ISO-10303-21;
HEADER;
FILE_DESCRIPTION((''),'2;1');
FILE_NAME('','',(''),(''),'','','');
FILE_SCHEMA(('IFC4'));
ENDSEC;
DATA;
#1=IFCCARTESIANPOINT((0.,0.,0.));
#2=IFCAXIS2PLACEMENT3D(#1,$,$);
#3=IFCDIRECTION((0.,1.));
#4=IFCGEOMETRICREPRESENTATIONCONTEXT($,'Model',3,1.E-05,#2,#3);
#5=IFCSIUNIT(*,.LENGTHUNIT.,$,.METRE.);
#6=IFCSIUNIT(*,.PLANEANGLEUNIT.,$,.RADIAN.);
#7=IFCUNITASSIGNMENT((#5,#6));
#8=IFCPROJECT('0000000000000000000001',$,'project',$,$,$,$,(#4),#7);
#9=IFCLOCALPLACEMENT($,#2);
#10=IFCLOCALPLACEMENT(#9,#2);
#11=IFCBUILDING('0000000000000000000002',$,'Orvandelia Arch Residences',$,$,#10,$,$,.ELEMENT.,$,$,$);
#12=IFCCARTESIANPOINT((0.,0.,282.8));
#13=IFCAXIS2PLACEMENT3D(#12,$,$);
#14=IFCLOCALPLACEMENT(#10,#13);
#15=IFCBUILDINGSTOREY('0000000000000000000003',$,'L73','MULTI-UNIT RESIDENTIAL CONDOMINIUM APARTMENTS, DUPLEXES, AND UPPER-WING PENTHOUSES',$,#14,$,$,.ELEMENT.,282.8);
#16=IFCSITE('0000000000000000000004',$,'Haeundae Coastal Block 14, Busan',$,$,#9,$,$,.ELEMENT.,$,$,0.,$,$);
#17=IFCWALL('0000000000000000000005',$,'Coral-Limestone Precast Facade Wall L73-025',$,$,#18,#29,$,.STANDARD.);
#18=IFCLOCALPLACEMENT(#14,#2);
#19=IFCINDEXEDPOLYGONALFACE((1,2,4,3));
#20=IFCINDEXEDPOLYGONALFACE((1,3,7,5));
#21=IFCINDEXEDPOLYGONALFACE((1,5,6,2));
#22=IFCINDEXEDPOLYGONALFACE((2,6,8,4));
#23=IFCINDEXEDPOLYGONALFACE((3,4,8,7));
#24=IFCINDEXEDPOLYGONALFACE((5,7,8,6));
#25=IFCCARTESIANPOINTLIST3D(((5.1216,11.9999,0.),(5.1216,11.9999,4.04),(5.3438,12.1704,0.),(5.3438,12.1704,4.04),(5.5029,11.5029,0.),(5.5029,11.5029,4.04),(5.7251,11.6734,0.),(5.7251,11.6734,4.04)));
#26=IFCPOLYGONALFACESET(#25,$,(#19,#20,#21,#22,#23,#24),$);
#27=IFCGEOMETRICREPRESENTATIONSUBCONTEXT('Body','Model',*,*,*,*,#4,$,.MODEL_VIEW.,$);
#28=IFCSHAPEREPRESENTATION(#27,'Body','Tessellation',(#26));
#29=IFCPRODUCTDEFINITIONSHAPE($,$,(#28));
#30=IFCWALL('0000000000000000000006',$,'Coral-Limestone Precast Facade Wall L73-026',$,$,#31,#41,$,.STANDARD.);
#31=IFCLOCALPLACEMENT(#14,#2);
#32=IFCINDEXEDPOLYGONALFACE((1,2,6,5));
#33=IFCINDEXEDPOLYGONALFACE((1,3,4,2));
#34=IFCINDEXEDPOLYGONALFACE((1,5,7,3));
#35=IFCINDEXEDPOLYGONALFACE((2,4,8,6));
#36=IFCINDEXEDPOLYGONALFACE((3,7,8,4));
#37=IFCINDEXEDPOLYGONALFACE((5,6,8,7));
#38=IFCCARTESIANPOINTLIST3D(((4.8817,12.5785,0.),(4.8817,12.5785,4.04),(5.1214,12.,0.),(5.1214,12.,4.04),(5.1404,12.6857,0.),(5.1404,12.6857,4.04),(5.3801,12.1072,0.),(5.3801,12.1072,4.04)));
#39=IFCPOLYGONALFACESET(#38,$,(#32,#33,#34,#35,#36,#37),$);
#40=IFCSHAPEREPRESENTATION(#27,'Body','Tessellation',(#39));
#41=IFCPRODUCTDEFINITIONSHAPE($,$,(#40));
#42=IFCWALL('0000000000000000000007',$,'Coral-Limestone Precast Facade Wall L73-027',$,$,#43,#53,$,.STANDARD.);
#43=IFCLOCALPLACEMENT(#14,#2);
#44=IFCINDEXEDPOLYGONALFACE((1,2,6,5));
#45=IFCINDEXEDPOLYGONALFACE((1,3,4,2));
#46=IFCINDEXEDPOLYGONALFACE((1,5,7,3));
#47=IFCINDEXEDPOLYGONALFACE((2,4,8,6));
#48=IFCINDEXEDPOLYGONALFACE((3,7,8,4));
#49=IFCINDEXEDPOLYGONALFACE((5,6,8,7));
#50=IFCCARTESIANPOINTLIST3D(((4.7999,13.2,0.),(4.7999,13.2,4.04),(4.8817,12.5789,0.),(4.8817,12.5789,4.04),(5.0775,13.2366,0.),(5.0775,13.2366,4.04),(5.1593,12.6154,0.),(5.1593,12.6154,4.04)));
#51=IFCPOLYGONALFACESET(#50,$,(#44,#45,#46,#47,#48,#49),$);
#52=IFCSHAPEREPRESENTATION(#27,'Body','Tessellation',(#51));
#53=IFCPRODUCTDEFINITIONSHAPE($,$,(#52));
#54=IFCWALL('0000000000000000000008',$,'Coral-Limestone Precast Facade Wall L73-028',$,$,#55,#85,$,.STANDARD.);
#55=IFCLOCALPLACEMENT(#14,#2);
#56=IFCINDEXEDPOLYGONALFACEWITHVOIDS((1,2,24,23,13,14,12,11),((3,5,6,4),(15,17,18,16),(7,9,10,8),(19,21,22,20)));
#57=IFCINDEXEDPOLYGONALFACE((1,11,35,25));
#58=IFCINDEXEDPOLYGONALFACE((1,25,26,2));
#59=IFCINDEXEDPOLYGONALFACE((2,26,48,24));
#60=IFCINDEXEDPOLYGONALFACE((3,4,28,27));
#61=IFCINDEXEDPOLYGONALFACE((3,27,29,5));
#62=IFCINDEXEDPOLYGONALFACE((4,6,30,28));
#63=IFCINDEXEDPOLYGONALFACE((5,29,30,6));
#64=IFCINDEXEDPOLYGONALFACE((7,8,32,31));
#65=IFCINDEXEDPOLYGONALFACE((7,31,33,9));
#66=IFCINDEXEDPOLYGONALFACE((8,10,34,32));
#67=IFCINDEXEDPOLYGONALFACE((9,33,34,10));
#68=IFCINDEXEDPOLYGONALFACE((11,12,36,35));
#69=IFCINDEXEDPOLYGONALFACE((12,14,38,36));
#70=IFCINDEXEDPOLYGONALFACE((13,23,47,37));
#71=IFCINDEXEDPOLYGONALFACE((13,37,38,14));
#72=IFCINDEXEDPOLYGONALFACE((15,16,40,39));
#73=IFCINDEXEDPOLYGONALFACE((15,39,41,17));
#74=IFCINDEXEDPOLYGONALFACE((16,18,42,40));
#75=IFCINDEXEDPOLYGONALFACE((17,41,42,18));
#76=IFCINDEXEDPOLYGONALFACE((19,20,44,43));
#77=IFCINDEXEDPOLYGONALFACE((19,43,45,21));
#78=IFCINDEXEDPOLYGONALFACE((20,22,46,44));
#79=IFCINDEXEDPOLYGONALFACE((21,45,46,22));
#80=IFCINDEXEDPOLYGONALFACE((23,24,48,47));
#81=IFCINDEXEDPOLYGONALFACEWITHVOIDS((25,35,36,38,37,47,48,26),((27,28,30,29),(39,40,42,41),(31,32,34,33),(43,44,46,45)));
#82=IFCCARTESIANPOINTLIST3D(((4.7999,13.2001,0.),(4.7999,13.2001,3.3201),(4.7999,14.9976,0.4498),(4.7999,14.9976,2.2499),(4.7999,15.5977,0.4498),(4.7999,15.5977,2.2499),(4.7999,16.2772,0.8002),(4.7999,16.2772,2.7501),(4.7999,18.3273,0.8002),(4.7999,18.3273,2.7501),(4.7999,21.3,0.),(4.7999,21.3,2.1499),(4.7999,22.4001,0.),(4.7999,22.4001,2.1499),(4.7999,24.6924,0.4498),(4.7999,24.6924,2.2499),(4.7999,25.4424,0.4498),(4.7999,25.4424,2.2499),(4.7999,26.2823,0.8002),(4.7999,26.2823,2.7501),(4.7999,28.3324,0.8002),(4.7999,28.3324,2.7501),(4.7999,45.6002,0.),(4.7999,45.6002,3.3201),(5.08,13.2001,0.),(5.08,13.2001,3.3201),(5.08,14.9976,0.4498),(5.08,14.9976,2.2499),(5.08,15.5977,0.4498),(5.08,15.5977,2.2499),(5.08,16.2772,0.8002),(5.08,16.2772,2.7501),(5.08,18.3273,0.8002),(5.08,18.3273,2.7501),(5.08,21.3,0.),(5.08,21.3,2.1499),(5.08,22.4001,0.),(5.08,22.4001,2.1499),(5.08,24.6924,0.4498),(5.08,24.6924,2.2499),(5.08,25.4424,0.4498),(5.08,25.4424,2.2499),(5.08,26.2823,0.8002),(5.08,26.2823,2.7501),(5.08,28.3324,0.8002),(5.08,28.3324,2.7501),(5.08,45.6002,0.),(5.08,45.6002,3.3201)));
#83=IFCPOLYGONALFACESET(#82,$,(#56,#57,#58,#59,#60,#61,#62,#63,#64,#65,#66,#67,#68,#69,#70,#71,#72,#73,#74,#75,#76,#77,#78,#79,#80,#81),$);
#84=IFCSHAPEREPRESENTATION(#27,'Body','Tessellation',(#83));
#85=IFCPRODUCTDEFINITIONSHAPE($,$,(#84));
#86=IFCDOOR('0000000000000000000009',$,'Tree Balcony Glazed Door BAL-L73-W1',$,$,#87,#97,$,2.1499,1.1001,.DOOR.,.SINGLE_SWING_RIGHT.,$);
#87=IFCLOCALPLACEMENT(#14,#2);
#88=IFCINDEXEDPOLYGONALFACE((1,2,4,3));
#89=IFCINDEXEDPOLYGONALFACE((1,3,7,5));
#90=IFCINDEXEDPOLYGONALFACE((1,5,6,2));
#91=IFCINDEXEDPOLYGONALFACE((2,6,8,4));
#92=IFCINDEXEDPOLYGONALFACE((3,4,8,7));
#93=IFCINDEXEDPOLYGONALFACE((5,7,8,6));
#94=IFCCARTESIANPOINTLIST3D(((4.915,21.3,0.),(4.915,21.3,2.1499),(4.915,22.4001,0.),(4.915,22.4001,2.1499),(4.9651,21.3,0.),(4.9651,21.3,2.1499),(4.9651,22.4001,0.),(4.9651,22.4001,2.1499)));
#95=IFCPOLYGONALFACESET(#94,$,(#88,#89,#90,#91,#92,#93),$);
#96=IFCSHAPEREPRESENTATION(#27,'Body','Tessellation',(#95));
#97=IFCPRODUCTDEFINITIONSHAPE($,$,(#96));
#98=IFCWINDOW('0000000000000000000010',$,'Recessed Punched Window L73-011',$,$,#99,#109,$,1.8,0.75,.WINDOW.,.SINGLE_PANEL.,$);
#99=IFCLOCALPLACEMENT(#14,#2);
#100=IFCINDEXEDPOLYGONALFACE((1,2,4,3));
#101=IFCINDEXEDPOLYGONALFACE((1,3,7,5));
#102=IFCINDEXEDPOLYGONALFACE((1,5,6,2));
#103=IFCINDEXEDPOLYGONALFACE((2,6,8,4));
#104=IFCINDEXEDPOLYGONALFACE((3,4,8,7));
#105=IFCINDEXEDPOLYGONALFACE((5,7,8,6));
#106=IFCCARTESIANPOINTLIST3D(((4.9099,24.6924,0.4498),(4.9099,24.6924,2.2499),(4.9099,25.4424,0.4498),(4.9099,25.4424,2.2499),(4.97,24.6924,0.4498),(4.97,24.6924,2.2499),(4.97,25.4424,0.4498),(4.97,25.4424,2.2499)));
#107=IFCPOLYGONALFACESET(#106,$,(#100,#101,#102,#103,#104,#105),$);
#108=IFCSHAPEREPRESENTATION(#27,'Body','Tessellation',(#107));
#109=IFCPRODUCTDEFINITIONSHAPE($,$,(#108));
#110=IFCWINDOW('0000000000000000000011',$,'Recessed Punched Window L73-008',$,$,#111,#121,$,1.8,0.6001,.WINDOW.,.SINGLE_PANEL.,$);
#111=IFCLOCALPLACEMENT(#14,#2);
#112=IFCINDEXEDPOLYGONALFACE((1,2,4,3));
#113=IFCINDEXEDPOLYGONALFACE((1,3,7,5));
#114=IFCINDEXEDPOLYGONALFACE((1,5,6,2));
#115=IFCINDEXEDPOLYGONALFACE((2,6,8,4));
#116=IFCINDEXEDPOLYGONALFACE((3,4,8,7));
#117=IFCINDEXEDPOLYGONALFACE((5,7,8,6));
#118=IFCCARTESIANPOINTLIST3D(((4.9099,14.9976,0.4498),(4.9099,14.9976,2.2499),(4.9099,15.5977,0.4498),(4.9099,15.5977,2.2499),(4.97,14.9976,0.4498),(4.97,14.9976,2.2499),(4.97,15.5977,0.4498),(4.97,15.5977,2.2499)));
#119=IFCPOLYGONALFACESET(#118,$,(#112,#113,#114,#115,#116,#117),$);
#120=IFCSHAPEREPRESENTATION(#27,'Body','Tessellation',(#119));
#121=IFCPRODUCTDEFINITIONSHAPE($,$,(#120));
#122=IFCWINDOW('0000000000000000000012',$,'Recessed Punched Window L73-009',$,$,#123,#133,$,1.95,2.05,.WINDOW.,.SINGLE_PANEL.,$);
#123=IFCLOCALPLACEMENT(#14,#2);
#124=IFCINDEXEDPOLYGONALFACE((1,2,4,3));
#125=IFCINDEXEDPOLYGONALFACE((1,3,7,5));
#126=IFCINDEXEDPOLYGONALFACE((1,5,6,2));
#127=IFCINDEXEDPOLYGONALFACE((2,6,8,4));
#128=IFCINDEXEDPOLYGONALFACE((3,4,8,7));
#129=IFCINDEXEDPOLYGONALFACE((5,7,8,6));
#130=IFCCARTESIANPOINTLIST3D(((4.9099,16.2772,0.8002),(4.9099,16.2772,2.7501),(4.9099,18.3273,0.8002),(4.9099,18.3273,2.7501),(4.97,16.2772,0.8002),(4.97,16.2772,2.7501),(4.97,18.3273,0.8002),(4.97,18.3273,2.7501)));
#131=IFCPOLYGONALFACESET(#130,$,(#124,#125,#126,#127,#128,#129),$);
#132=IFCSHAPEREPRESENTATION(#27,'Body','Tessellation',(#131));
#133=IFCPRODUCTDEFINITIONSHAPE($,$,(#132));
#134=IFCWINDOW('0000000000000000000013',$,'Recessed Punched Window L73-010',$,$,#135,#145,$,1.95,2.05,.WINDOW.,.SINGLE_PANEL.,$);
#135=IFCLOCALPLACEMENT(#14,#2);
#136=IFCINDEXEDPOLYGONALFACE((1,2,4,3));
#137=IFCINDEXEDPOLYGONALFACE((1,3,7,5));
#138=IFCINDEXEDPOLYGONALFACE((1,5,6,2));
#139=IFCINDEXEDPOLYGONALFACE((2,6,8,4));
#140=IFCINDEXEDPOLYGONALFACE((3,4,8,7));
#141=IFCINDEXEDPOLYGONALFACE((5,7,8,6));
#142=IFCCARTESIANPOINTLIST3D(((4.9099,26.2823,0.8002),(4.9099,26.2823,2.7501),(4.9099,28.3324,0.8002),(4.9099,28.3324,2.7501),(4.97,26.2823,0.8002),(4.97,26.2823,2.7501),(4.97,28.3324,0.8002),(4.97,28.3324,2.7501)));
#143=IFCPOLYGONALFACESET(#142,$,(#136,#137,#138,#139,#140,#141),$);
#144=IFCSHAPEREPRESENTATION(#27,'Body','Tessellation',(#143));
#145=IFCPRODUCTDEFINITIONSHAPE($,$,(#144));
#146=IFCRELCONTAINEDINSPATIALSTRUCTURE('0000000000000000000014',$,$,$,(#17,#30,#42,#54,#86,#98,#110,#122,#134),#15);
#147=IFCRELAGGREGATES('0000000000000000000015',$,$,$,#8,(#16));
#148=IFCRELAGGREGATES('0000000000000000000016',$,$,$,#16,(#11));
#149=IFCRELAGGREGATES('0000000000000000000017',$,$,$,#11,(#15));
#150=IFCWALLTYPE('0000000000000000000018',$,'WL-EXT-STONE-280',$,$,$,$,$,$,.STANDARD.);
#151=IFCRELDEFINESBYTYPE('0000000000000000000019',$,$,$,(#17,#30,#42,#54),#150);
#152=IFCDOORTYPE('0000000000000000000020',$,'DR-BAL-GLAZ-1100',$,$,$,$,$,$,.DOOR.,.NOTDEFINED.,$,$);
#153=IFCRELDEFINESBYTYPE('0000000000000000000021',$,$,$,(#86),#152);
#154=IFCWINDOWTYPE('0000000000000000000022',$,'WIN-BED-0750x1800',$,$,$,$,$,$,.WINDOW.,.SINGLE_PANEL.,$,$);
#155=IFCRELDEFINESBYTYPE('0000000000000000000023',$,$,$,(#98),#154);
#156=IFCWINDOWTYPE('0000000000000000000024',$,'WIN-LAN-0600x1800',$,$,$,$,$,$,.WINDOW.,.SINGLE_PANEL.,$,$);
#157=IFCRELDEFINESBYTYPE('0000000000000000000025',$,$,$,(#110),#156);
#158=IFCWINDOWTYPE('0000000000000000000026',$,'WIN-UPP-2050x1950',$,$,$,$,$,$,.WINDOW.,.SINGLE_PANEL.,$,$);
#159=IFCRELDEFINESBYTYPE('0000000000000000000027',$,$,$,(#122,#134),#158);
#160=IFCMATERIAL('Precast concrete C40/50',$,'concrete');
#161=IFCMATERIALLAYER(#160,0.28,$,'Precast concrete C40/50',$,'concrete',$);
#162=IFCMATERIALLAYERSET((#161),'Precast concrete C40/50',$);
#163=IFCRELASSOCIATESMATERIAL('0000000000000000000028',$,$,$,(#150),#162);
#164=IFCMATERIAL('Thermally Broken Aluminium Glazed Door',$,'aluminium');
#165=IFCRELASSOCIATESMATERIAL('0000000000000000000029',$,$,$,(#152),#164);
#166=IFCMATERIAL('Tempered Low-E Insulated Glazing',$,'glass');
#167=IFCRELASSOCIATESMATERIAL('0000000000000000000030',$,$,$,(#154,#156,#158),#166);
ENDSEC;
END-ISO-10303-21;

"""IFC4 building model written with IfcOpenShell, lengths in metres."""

from ifc_helpers import new_model, si_unit, direction, frame, frame_2d, origin, place, context, subcontext, project, spatial, rectangle, extrude, material, layer, layer_set, type_object, element, fill, save


model = new_model("IFC4")

# Units and contexts
model_context = context("Model", 3, precision=1e-05, world=origin(), true_north=direction((0.0, 1.0)))
body_context = subcontext(model_context, "Body", "Model", "MODEL_VIEW")
ifc_project = project(units=[si_unit("LENGTHUNIT", "METRE"), si_unit("PLANEANGLEUNIT", "RADIAN")], contexts=[model_context])

# Site, building, storey
site_placement = place(None, origin())
site = spatial("IfcSite", under=ifc_project, at=site_placement, Name="Haeundae Coastal Block 14, Busan", CompositionType="ELEMENT", RefElevation=0.0)
building_placement = place(site_placement, origin())
building = spatial("IfcBuilding", under=site, at=building_placement, Name="Orvandelia Arch Residences", CompositionType="ELEMENT")
storey_placement = place(building_placement, frame((0.0, 0.0, 282.8)))
storey = spatial("IfcBuildingStorey", under=building, at=storey_placement, Name="L73", Description="MULTI-UNIT RESIDENTIAL CONDOMINIUM APARTMENTS, DUPLEXES, AND UPPER-WING PENTHOUSES", CompositionType="ELEMENT", Elevation=282.8)

# Shared definitions
ifc_material_1 = material(Name="Precast concrete C40/50", Category="concrete")

# Walls
ifc_layer_1 = layer(ifc_material_1, 0.28, Name="Precast concrete C40/50", Category="concrete")
ifc_layer_set_1 = layer_set([ifc_layer_1], Name="Precast concrete C40/50")
wall_type_1 = type_object("IfcWallType", Name="WL-EXT-STONE-280", PredefinedType="STANDARD", material=ifc_layer_set_1)
for number, where, z_axis, x_axis, name in (
    (1, (5.614, 11.5881, 0.0), (0.0, 0.0, 1.0), (-0.608693, 0.793406, 0.0), "Coral-Limestone Precast Facade Wall L73-025"),
):
    element("IfcWall", number, at=place(storey_placement, frame(where, z_axis=z_axis, x_axis=x_axis)), inside=storey, type_object=wall_type_1, Name=name, PredefinedType="STANDARD", context=body_context, shape_type="SweptSolid", body=[
        extrude(rectangle(XDim=0.6265, YDim=0.28, at=frame_2d((0.3132, 0.0))), origin(), (0.0, 0.0, 1.0), 4.04),
    ])
wall_1_placement = place(storey_placement, frame((5.2507, 12.0537, 0.0), z_axis=(0.0, 0.0, 1.0), x_axis=(-0.382788, 0.923836, 0.0)))
element("IfcWall", 2, at=wall_1_placement, inside=storey, type_object=wall_type_1, Name="Coral-Limestone Precast Facade Wall L73-026", PredefinedType="STANDARD", context=body_context, shape_type="SweptSolid", body=[
    extrude(rectangle(XDim=0.6262, YDim=0.28, at=frame_2d((0.313, 0.0))), origin(), (0.0, 0.0, 1.0), 4.04),
])
wall_2_placement = place(storey_placement, frame((5.0205, 12.5972, 0.0), z_axis=(0.0, 0.0, 1.0), x_axis=(-0.130555, 0.991441, 0.0)))
element("IfcWall", 3, at=wall_2_placement, inside=storey, type_object=wall_type_1, Name="Coral-Limestone Precast Facade Wall L73-027", PredefinedType="STANDARD", context=body_context, shape_type="SweptSolid", body=[
    extrude(rectangle(XDim=0.6265, YDim=0.28, at=frame_2d((0.3132, 0.0))), origin(), (0.0, 0.0, 1.0), 4.04),
])

# Wall, openings, door, windows
wall_3_placement = place(storey_placement, frame((4.9399, 13.2, 0.0), z_axis=(0.0, 0.0, 1.0), x_axis=(0.0, 1.0, 0.0)))
wall_3 = element("IfcWall", 4, at=wall_3_placement, inside=storey, type_object=wall_type_1, Name="Coral-Limestone Precast Facade Wall L73-028", PredefinedType="STANDARD", context=body_context, shape_type="SweptSolid", body=[
    extrude(rectangle(XDim=32.4001, YDim=0.28, at=frame_2d((16.2002, 0.0))), origin(), (0.0, 0.0, 1.0), 3.3201),
])
opening_1_placement = place(wall_3_placement, frame((8.1001, 0.0, 0.0)))
opening_1 = element("IfcOpeningElement", 5, at=opening_1_placement, cuts=wall_3, PredefinedType="OPENING", context=body_context, shape_type="SweptSolid", body=[
    extrude(rectangle(XDim=1.1001, YDim=2.1499, at=frame_2d((0.55, 1.075))), frame((0.0, 0.1499, 0.0), z_axis=(0.0, -1.0, 0.0), x_axis=(1.0, 0.0, 0.0)), (0.0, 0.0, 1.0), 0.3),
])
opening_2_placement = place(wall_3_placement, frame((1.7976, 0.0, 0.45)))
opening_2 = element("IfcOpeningElement", 6, at=opening_2_placement, cuts=wall_3, PredefinedType="OPENING", context=body_context, shape_type="SweptSolid", body=[
    extrude(rectangle(XDim=0.6001, YDim=1.8, at=frame_2d((0.3, 0.8999))), frame((0.0, 0.1499, 0.0), z_axis=(0.0, -1.0, 0.0), x_axis=(1.0, 0.0, 0.0)), (0.0, 0.0, 1.0), 0.3),
])
opening_3_placement = place(wall_3_placement, frame((3.0774, 0.0, 0.8)))
opening_3 = element("IfcOpeningElement", 7, at=opening_3_placement, cuts=wall_3, PredefinedType="OPENING", context=body_context, shape_type="SweptSolid", body=[
    extrude(rectangle(XDim=2.05, YDim=1.95, at=frame_2d((1.0249, 0.9751))), frame((0.0, 0.1499, 0.0), z_axis=(0.0, -1.0, 0.0), x_axis=(1.0, 0.0, 0.0)), (0.0, 0.0, 1.0), 0.3),
])
opening_4_placement = place(wall_3_placement, frame((13.0825, 0.0, 0.8)))
opening_4 = element("IfcOpeningElement", 8, at=opening_4_placement, cuts=wall_3, PredefinedType="OPENING", context=body_context, shape_type="SweptSolid", body=[
    extrude(rectangle(XDim=2.05, YDim=1.95, at=frame_2d((1.0249, 0.9751))), frame((0.0, 0.1499, 0.0), z_axis=(0.0, -1.0, 0.0), x_axis=(1.0, 0.0, 0.0)), (0.0, 0.0, 1.0), 0.3),
])
opening_5_placement = place(wall_3_placement, frame((11.4924, 0.0, 0.45)))
opening_5 = element("IfcOpeningElement", 9, at=opening_5_placement, cuts=wall_3, PredefinedType="OPENING", context=body_context, shape_type="SweptSolid", body=[
    extrude(rectangle(XDim=0.75, YDim=1.8, at=frame_2d((0.375, 0.8999))), frame((0.0, 0.1499, 0.0), z_axis=(0.0, -1.0, 0.0), x_axis=(1.0, 0.0, 0.0)), (0.0, 0.0, 1.0), 0.3),
])
ifc_material_2 = material(Name="Thermally Broken Aluminium Glazed Door", Category="aluminium")
door_type_1 = type_object("IfcDoorType", Name="DR-BAL-GLAZ-1100", OperationType="NOTDEFINED", PredefinedType="DOOR", material=ifc_material_2)
door_1_placement = place(opening_1_placement, origin())
door_1 = element("IfcDoor", 10, at=door_1_placement, inside=storey, type_object=door_type_1, Name="Tree Balcony Glazed Door BAL-L73-W1", OperationType="SINGLE_SWING_RIGHT", OverallHeight=2.1499, OverallWidth=1.1001, PredefinedType="DOOR", context=body_context, shape_type="SweptSolid", body=[
    extrude(rectangle(XDim=1.1001, YDim=2.1499, at=frame_2d((0.55, 1.075))), frame((0.0, 0.0249, 0.0), z_axis=(0.0, -1.0, 0.0), x_axis=(1.0, 0.0, 0.0)), (0.0, 0.0, 1.0), 0.05),
])
fill(opening_1, door_1)
ifc_material_3 = material(Name="Tempered Low-E Insulated Glazing", Category="glass")
window_type_1 = type_object("IfcWindowType", Name="WIN-BED-0750x1800", PartitioningType="SINGLE_PANEL", PredefinedType="WINDOW", material=ifc_material_3)
window_1_placement = place(opening_5_placement, origin())
window_1 = element("IfcWindow", 11, at=window_1_placement, inside=storey, type_object=window_type_1, Name="Recessed Punched Window L73-011", OverallHeight=1.8, OverallWidth=0.75, PartitioningType="SINGLE_PANEL", PredefinedType="WINDOW", context=body_context, shape_type="SweptSolid", body=[
    extrude(rectangle(XDim=0.75, YDim=1.8, at=frame_2d((0.375, 0.8999))), frame((0.0, 0.03, 0.0), z_axis=(0.0, -1.0, 0.0), x_axis=(1.0, 0.0, 0.0)), (0.0, 0.0, 1.0), 0.0601),
])
fill(opening_5, window_1)
window_type_2 = type_object("IfcWindowType", Name="WIN-LAN-0600x1800", PartitioningType="SINGLE_PANEL", PredefinedType="WINDOW", material=ifc_material_3)
window_2_placement = place(opening_2_placement, origin())
window_2 = element("IfcWindow", 12, at=window_2_placement, inside=storey, type_object=window_type_2, Name="Recessed Punched Window L73-008", OverallHeight=1.8, OverallWidth=0.6001, PartitioningType="SINGLE_PANEL", PredefinedType="WINDOW", context=body_context, shape_type="SweptSolid", body=[
    extrude(rectangle(XDim=0.6001, YDim=1.8, at=frame_2d((0.3, 0.8999))), frame((0.0, 0.03, 0.0), z_axis=(0.0, -1.0, 0.0), x_axis=(1.0, 0.0, 0.0)), (0.0, 0.0, 1.0), 0.0601),
])
fill(opening_2, window_2)
window_type_3 = type_object("IfcWindowType", Name="WIN-UPP-2050x1950", PartitioningType="SINGLE_PANEL", PredefinedType="WINDOW", material=ifc_material_3)
window_3_placement = place(opening_3_placement, origin())
window_3 = element("IfcWindow", 13, at=window_3_placement, inside=storey, type_object=window_type_3, Name="Recessed Punched Window L73-009", OverallHeight=1.95, OverallWidth=2.05, PartitioningType="SINGLE_PANEL", PredefinedType="WINDOW", context=body_context, shape_type="SweptSolid", body=[
    extrude(rectangle(XDim=2.05, YDim=1.95, at=frame_2d((1.0249, 0.9751))), frame((0.0, 0.03, 0.0), z_axis=(0.0, -1.0, 0.0), x_axis=(1.0, 0.0, 0.0)), (0.0, 0.0, 1.0), 0.0601),
])
fill(opening_3, window_3)
window_4_placement = place(opening_4_placement, origin())
window_4 = element("IfcWindow", 14, at=window_4_placement, inside=storey, type_object=window_type_3, Name="Recessed Punched Window L73-010", OverallHeight=1.95, OverallWidth=2.05, PartitioningType="SINGLE_PANEL", PredefinedType="WINDOW", context=body_context, shape_type="SweptSolid", body=[
    extrude(rectangle(XDim=2.05, YDim=1.95, at=frame_2d((1.0249, 0.9751))), frame((0.0, 0.03, 0.0), z_axis=(0.0, -1.0, 0.0), x_axis=(1.0, 0.0, 0.0)), (0.0, 0.0, 1.0), 0.0601),
])
fill(opening_4, window_4)

save(model, "model.ifc")
